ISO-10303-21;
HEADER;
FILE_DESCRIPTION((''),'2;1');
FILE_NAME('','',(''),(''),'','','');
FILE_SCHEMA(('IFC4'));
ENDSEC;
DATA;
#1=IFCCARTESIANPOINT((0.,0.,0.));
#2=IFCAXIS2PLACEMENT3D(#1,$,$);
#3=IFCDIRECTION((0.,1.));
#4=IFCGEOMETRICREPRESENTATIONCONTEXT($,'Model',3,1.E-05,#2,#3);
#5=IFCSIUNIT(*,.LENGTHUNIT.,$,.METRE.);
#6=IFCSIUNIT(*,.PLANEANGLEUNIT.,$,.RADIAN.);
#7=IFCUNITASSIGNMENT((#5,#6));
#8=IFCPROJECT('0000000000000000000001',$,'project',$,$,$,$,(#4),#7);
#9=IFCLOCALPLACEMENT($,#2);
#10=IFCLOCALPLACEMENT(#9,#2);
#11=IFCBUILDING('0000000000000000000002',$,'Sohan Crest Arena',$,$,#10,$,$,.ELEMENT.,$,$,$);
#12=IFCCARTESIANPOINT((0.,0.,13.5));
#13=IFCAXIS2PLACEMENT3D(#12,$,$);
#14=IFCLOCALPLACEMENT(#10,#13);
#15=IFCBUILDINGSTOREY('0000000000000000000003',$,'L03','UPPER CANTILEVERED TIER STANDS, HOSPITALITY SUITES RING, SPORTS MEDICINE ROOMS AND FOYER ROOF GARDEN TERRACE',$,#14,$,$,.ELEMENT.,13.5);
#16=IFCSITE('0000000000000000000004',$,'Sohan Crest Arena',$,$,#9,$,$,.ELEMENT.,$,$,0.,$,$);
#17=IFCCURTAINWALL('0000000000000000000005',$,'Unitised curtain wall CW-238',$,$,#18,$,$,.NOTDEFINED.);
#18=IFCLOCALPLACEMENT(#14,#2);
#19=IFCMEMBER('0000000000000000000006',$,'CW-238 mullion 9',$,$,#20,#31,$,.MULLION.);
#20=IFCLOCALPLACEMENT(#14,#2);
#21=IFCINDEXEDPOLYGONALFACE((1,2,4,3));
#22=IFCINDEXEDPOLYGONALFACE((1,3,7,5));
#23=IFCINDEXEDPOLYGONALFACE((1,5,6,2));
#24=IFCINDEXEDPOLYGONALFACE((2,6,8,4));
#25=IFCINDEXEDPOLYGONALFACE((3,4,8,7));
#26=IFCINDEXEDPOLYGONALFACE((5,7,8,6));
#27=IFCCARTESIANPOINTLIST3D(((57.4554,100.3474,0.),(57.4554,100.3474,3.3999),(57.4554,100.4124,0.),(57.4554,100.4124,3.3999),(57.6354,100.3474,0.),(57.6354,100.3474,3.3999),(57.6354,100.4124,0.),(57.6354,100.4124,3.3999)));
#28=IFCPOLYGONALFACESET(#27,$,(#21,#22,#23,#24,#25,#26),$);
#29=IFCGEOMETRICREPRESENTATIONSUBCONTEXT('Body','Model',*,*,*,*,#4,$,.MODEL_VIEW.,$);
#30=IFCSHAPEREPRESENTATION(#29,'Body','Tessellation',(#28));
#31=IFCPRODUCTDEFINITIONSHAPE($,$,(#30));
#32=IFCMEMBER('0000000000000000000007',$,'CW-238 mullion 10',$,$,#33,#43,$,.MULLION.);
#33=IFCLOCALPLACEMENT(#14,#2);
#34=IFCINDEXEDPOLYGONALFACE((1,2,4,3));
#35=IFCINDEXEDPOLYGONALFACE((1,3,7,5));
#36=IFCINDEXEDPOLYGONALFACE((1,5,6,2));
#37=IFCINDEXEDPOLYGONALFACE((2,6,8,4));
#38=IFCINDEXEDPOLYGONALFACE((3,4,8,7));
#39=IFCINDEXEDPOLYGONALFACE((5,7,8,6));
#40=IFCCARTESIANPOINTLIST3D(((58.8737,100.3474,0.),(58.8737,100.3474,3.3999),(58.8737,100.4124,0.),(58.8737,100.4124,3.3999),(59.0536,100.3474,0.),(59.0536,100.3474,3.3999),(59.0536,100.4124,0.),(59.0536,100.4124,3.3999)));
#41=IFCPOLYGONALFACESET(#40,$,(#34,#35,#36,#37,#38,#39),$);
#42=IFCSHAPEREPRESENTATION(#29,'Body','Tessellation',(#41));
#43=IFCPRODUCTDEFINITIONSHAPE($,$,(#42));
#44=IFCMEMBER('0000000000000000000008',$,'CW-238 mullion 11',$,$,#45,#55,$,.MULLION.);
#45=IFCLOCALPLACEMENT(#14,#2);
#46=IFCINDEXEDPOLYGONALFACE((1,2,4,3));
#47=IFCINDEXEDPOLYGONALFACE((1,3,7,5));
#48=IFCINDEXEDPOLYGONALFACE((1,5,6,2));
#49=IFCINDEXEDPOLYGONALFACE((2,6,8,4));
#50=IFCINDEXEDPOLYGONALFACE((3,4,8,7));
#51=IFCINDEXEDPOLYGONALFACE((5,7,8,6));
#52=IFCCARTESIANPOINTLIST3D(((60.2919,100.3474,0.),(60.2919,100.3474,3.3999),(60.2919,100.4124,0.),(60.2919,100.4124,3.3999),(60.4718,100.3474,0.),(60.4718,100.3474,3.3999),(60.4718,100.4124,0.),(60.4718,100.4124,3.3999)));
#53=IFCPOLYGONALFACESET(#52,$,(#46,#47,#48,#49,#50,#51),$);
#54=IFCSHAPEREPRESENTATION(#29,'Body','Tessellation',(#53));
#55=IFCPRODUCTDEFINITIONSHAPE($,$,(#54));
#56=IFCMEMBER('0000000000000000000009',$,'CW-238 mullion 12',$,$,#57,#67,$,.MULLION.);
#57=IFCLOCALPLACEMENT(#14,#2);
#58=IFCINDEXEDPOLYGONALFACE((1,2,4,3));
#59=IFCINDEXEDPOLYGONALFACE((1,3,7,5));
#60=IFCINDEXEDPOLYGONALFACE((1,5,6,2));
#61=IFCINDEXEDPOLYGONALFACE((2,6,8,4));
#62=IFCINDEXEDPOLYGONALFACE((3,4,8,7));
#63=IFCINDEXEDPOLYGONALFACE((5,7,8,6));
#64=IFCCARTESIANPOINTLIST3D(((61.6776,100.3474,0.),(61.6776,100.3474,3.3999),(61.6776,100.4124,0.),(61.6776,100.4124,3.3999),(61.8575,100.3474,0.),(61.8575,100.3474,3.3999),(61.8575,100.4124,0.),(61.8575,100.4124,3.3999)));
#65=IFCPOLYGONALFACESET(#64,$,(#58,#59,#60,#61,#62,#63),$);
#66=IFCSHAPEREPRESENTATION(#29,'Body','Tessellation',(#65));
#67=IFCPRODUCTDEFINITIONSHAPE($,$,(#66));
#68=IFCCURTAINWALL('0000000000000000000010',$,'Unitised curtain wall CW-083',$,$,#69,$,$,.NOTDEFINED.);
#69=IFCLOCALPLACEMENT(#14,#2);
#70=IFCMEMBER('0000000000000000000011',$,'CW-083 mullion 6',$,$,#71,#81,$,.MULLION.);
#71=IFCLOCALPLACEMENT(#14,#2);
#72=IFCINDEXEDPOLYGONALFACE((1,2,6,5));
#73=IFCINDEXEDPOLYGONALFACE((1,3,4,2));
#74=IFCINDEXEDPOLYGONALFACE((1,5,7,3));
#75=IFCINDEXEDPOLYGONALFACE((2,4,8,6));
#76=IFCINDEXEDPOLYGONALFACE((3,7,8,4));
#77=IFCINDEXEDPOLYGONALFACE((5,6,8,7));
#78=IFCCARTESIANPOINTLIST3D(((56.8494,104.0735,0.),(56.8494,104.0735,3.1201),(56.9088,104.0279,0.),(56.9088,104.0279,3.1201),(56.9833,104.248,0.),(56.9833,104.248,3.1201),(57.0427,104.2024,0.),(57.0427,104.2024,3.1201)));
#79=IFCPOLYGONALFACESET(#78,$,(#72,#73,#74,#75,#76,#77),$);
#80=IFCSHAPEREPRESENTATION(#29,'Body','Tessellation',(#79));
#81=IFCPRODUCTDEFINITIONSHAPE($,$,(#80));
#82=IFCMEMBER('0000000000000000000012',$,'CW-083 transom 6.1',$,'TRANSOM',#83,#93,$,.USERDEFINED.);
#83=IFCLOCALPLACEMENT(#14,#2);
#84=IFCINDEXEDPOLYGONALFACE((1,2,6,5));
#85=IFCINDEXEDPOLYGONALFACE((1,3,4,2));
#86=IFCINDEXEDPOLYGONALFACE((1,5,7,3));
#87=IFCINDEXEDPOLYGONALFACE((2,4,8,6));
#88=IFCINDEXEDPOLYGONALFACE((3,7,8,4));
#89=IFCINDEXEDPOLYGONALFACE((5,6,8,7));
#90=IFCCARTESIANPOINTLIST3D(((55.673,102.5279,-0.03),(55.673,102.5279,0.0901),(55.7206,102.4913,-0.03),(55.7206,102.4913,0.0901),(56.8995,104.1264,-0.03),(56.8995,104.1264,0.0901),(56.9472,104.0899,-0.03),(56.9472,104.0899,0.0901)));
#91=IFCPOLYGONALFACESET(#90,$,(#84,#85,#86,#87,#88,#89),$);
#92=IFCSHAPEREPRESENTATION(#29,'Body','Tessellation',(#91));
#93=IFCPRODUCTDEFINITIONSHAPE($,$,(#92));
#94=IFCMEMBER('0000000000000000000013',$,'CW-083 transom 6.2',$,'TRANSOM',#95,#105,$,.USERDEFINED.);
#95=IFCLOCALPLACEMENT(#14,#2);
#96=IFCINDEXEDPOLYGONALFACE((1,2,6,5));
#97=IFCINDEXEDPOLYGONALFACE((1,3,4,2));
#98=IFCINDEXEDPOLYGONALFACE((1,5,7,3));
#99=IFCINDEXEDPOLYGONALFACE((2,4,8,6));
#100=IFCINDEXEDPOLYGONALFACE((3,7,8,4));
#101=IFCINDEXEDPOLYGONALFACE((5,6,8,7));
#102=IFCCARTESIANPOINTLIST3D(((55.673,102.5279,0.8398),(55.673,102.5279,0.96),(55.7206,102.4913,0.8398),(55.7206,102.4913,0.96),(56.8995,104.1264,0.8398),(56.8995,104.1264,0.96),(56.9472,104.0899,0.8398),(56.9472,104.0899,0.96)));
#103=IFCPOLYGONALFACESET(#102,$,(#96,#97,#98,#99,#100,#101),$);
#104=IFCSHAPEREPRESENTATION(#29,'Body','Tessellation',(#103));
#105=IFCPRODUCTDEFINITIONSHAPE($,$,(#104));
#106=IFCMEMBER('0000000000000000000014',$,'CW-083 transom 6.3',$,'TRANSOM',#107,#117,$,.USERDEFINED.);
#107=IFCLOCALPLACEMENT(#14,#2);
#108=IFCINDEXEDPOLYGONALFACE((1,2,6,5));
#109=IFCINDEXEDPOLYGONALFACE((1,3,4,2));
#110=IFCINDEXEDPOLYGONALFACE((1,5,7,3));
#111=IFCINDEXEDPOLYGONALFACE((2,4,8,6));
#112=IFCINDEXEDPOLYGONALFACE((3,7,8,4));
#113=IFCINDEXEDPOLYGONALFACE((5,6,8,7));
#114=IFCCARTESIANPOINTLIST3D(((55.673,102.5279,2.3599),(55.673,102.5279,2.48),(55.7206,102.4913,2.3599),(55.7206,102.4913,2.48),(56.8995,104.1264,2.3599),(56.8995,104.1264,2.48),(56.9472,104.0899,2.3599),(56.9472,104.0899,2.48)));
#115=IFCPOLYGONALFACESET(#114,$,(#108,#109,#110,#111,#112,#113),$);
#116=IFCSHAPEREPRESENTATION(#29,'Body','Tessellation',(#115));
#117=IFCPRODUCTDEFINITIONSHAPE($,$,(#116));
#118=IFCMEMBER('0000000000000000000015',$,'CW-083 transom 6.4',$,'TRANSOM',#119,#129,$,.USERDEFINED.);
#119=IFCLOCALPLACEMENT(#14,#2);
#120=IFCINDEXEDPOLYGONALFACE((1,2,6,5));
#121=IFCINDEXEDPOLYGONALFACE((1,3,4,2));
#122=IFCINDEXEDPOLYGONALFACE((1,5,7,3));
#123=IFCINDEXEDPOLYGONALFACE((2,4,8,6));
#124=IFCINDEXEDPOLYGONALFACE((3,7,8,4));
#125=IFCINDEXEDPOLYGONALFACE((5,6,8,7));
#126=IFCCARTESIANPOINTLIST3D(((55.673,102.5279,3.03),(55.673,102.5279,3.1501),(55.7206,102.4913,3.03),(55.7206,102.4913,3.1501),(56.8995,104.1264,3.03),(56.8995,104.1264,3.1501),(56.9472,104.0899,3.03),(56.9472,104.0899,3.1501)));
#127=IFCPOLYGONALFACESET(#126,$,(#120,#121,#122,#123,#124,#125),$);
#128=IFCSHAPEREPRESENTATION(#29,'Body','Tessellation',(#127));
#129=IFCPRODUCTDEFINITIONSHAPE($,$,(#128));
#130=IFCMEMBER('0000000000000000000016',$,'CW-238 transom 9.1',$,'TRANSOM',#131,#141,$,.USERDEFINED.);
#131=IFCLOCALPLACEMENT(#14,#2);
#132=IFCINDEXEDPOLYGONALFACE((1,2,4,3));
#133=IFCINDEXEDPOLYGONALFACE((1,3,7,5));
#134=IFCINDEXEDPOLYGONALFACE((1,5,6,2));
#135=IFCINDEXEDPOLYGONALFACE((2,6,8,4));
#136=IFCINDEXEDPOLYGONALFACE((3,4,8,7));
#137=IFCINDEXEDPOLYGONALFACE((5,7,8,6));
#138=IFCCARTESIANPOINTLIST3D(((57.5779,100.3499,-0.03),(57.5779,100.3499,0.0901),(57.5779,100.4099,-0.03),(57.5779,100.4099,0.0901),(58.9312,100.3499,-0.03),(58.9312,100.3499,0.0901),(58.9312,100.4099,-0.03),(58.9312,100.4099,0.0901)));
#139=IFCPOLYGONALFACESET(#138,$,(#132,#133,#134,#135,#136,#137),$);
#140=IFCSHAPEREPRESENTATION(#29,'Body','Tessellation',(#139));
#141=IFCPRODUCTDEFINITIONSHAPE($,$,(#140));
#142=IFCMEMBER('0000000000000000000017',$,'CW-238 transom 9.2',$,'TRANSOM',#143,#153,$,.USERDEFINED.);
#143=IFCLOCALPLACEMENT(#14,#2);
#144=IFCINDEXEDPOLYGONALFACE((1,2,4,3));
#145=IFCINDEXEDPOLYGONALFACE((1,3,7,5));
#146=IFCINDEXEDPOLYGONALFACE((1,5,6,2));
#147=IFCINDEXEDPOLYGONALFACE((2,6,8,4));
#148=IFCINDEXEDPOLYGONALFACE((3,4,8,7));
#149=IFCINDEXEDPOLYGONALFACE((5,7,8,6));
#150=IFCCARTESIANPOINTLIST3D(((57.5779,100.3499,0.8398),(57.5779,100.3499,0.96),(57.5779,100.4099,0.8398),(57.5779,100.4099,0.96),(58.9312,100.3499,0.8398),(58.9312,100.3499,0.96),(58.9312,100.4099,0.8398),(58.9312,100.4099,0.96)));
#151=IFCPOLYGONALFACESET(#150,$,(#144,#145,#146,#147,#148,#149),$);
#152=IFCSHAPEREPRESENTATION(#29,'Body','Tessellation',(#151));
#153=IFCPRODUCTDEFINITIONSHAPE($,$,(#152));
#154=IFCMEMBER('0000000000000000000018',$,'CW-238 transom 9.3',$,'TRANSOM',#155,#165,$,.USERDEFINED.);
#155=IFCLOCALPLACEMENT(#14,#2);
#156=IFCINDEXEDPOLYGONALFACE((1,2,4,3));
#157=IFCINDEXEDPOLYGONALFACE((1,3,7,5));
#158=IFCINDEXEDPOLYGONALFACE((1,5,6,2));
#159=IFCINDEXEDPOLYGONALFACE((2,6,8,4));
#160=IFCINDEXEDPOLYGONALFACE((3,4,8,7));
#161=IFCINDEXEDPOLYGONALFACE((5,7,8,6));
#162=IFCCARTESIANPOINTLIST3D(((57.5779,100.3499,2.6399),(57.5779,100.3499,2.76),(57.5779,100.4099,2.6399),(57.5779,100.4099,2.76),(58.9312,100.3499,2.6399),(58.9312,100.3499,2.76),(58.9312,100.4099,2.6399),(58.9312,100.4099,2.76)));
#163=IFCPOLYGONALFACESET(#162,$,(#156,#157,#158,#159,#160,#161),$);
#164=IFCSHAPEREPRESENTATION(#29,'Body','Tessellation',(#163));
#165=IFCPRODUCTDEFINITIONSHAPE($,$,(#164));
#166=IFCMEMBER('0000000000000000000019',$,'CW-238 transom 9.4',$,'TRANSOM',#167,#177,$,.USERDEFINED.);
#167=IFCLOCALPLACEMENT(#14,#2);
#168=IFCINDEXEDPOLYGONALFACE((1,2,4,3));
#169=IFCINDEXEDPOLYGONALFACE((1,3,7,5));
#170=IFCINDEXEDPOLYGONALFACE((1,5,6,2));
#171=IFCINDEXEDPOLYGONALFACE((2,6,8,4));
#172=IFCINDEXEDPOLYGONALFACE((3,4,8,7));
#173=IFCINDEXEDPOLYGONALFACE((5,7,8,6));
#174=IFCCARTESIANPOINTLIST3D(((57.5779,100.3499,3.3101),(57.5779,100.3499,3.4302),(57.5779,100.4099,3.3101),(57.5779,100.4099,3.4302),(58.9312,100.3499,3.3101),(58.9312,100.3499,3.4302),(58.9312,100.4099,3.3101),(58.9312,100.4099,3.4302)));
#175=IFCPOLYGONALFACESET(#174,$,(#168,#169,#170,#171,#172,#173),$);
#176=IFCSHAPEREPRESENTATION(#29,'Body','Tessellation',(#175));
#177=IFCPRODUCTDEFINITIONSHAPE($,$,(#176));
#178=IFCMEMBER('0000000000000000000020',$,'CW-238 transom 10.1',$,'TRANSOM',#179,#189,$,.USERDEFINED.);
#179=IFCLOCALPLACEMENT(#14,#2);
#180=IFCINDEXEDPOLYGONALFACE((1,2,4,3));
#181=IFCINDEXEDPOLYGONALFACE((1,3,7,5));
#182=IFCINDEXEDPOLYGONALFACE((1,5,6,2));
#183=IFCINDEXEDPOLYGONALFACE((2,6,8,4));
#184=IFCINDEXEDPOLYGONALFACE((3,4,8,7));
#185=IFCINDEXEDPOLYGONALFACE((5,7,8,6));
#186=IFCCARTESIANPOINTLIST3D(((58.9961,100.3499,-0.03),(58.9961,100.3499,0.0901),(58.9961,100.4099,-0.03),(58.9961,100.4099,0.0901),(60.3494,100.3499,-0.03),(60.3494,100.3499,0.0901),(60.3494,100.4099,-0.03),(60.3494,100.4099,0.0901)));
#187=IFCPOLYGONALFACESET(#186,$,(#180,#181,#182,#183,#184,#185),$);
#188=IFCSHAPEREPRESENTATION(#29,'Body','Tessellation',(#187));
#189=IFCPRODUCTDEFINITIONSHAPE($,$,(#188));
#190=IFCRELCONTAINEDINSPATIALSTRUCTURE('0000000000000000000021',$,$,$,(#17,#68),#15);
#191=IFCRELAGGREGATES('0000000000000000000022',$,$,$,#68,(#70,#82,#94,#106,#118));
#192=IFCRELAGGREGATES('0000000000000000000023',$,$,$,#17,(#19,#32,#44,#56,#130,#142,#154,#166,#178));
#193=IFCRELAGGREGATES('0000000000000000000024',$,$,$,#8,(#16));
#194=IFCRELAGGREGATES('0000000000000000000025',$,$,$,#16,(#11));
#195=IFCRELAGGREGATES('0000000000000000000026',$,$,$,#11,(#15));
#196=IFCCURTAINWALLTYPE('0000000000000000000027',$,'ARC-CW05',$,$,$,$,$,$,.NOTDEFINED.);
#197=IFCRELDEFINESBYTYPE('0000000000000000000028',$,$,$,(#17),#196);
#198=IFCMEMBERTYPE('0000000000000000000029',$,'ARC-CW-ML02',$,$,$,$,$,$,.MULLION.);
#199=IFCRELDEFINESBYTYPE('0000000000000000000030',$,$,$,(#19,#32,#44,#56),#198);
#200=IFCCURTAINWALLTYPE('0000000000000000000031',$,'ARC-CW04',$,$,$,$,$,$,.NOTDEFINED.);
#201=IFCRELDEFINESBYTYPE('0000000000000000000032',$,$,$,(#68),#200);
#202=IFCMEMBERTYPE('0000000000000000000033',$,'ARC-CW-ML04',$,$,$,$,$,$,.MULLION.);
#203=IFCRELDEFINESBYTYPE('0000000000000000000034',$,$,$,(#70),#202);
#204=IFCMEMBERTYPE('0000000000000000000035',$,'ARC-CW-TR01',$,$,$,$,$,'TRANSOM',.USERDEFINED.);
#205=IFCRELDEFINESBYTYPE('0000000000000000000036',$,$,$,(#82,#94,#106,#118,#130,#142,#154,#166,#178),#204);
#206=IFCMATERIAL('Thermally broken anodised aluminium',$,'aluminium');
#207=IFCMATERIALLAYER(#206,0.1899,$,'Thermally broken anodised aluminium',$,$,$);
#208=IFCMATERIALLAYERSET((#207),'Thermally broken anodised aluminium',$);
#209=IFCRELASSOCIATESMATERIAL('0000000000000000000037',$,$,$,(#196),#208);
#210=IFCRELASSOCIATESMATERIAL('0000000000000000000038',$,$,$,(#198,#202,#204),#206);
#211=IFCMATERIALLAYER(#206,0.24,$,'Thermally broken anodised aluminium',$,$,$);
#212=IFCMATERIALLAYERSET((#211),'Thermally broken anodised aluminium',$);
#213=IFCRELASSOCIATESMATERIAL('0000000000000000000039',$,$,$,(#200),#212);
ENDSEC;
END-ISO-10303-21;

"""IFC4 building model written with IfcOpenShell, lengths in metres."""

from ifc_helpers import new_model, si_unit, direction, frame, origin, origin_2d, place, context, subcontext, project, spatial, rectangle, extrude, material, layer, layer_set, material_profile, profile_set, type_object, element, aggregate, save


model = new_model("IFC4")

# Units and contexts
model_context = context("Model", 3, precision=1e-05, world=origin(), true_north=direction((0.0, 1.0)))
body_context = subcontext(model_context, "Body", "Model", "MODEL_VIEW")
ifc_project = project(units=[si_unit("LENGTHUNIT", "METRE"), si_unit("PLANEANGLEUNIT", "RADIAN")], contexts=[model_context])

# Site, building, storey
site_placement = place(None, origin())
site = spatial("IfcSite", under=ifc_project, at=site_placement, Name="Sohan Crest Arena", CompositionType="ELEMENT", RefElevation=0.0)
building_placement = place(site_placement, origin())
building = spatial("IfcBuilding", under=site, at=building_placement, Name="Sohan Crest Arena", CompositionType="ELEMENT")
storey_placement = place(building_placement, frame((0.0, 0.0, 13.5)))
storey = spatial("IfcBuildingStorey", under=building, at=storey_placement, Name="L03", Description="UPPER CANTILEVERED TIER STANDS, HOSPITALITY SUITES RING, SPORTS MEDICINE ROOMS AND FOYER ROOF GARDEN TERRACE", CompositionType="ELEMENT", Elevation=13.5)

# Curtain walls, members
ifc_material_1 = material(Name="Thermally broken anodised aluminium", Category="aluminium")
ifc_layer_1 = layer(ifc_material_1, 0.1899, Name="Thermally broken anodised aluminium")
ifc_layer_set_1 = layer_set([ifc_layer_1], Name="Thermally broken anodised aluminium")
curtain_wall_type_1 = type_object("IfcCurtainWallType", Name="ARC-CW05", PredefinedType="NOTDEFINED", material=ifc_layer_set_1)
curtain_wall_1_placement = place(storey_placement, origin())
curtain_wall_1 = element("IfcCurtainWall", 1, at=curtain_wall_1_placement, inside=storey, type_object=curtain_wall_type_1, Name="Unitised curtain wall CW-238", PredefinedType="NOTDEFINED")
ifc_material_profile_1 = material_profile(ifc_material_1, rectangle(XDim=0.0649, YDim=0.1799, at=origin_2d()), Name="ALU-MULL 65x180")
ifc_profile_set_1 = profile_set([ifc_material_profile_1], Name="Thermally broken anodised aluminium")
member_type_1 = type_object("IfcMemberType", Name="ARC-CW-ML02", PredefinedType="MULLION", material=ifc_profile_set_1)
member_1_placement = place(storey_placement, frame((57.5454, 100.3799, 0.0), z_axis=(0.0, 0.0, 1.0), x_axis=(0.0, 1.0, 0.0)))
member_1 = element("IfcMember", 2, at=member_1_placement, type_object=member_type_1, Name="CW-238 mullion 9", PredefinedType="MULLION", context=body_context, shape_type="SweptSolid", body=[
    extrude(rectangle(XDim=0.0649, YDim=0.1799, at=origin_2d()), origin(), (0.0, 0.0, 1.0), 3.3999),
])
member_2_placement = place(storey_placement, frame((58.9636, 100.3799, 0.0), z_axis=(0.0, 0.0, 1.0), x_axis=(0.0, 1.0, 0.0)))
member_2 = element("IfcMember", 3, at=member_2_placement, type_object=member_type_1, Name="CW-238 mullion 10", PredefinedType="MULLION", context=body_context, shape_type="SweptSolid", body=[
    extrude(rectangle(XDim=0.0649, YDim=0.1799, at=origin_2d()), origin(), (0.0, 0.0, 1.0), 3.3999),
])
member_3_placement = place(storey_placement, frame((60.3818, 100.3799, 0.0), z_axis=(0.0, 0.0, 1.0), x_axis=(0.0, 1.0, 0.0)))
member_3 = element("IfcMember", 4, at=member_3_placement, type_object=member_type_1, Name="CW-238 mullion 11", PredefinedType="MULLION", context=body_context, shape_type="SweptSolid", body=[
    extrude(rectangle(XDim=0.0649, YDim=0.1799, at=origin_2d()), origin(), (0.0, 0.0, 1.0), 3.3999),
])
member_4_placement = place(storey_placement, frame((61.7676, 100.3799, 0.0), z_axis=(0.0, 0.0, 1.0), x_axis=(0.0, 1.0, 0.0)))
member_4 = element("IfcMember", 5, at=member_4_placement, type_object=member_type_1, Name="CW-238 mullion 12", PredefinedType="MULLION", context=body_context, shape_type="SweptSolid", body=[
    extrude(rectangle(XDim=0.0649, YDim=0.1799, at=origin_2d()), origin(), (0.0, 0.0, 1.0), 3.3999),
])
ifc_layer_2 = layer(ifc_material_1, 0.24, Name="Thermally broken anodised aluminium")
ifc_layer_set_2 = layer_set([ifc_layer_2], Name="Thermally broken anodised aluminium")
curtain_wall_type_2 = type_object("IfcCurtainWallType", Name="ARC-CW04", PredefinedType="NOTDEFINED", material=ifc_layer_set_2)
curtain_wall_2_placement = place(storey_placement, origin())
curtain_wall_2 = element("IfcCurtainWall", 6, at=curtain_wall_2_placement, inside=storey, type_object=curtain_wall_type_2, Name="Unitised curtain wall CW-083", PredefinedType="NOTDEFINED")
ifc_material_profile_2 = material_profile(ifc_material_1, rectangle(XDim=0.075, YDim=0.22, at=origin_2d()), Name="ALU-MULL 75x220")
ifc_profile_set_2 = profile_set([ifc_material_profile_2], Name="Thermally broken anodised aluminium")
member_type_2 = type_object("IfcMemberType", Name="ARC-CW-ML04", PredefinedType="MULLION", material=ifc_profile_set_2)
member_5_placement = place(storey_placement, frame((56.946, 104.1379, 0.0), z_axis=(0.0, 0.0, 1.0), x_axis=(0.793372, -0.608737, 0.0)))
member_5 = element("IfcMember", 7, at=member_5_placement, type_object=member_type_2, Name="CW-083 mullion 6", PredefinedType="MULLION", context=body_context, shape_type="SweptSolid", body=[
    extrude(rectangle(XDim=0.075, YDim=0.22, at=origin_2d()), origin(), (0.0, 0.0, 1.0), 3.1201),
])
ifc_material_profile_3 = material_profile(ifc_material_1, rectangle(XDim=0.0601, YDim=0.1201, at=origin_2d()), Name="ALU-TRAN 60x120")
ifc_profile_set_3 = profile_set([ifc_material_profile_3], Name="Thermally broken anodised aluminium")
member_type_3 = type_object("IfcMemberType", Name="ARC-CW-TR01", ElementType="TRANSOM", PredefinedType="USERDEFINED", material=ifc_profile_set_3)
member_6_placement = place(storey_placement, frame((56.9233, 104.1082, 0.03), z_axis=(-0.608727, -0.79338, 0.0), x_axis=(0.79338, -0.608727, 0.0)))
member_6 = element("IfcMember", 8, at=member_6_placement, type_object=member_type_3, Name="CW-083 transom 6.1", ObjectType="TRANSOM", PredefinedType="USERDEFINED", context=body_context, shape_type="SweptSolid", body=[
    extrude(rectangle(XDim=0.0601, YDim=0.1201, at=origin_2d()), origin(), (0.0, 0.0, 1.0), 2.0149),
])
member_7_placement = place(storey_placement, frame((56.9233, 104.1082, 0.8999), z_axis=(-0.608727, -0.79338, 0.0), x_axis=(0.79338, -0.608727, 0.0)))
member_7 = element("IfcMember", 9, at=member_7_placement, type_object=member_type_3, Name="CW-083 transom 6.2", ObjectType="TRANSOM", PredefinedType="USERDEFINED", context=body_context, shape_type="SweptSolid", body=[
    extrude(rectangle(XDim=0.0601, YDim=0.1201, at=origin_2d()), origin(), (0.0, 0.0, 1.0), 2.0149),
])
member_8_placement = place(storey_placement, frame((56.9233, 104.1082, 2.4199), z_axis=(-0.608727, -0.79338, 0.0), x_axis=(0.79338, -0.608727, 0.0)))
member_8 = element("IfcMember", 10, at=member_8_placement, type_object=member_type_3, Name="CW-083 transom 6.3", ObjectType="TRANSOM", PredefinedType="USERDEFINED", context=body_context, shape_type="SweptSolid", body=[
    extrude(rectangle(XDim=0.0601, YDim=0.1201, at=origin_2d()), origin(), (0.0, 0.0, 1.0), 2.0149),
])
member_9_placement = place(storey_placement, frame((56.9233, 104.1082, 3.0901), z_axis=(-0.608727, -0.79338, 0.0), x_axis=(0.79338, -0.608727, 0.0)))
member_9 = element("IfcMember", 11, at=member_9_placement, type_object=member_type_3, Name="CW-083 transom 6.4", ObjectType="TRANSOM", PredefinedType="USERDEFINED", context=body_context, shape_type="SweptSolid", body=[
    extrude(rectangle(XDim=0.0601, YDim=0.1201, at=origin_2d()), origin(), (0.0, 0.0, 1.0), 2.0149),
])
aggregate(curtain_wall_2, [member_5, member_6, member_7, member_8, member_9])

# Members
member_10_placement = place(storey_placement, frame((57.5779, 100.3799, 0.03), z_axis=(1.0, 0.0, 0.0), x_axis=(0.0, 1.0, 0.0)))
member_10 = element("IfcMember", 12, at=member_10_placement, type_object=member_type_3, Name="CW-238 transom 9.1", ObjectType="TRANSOM", PredefinedType="USERDEFINED", context=body_context, shape_type="SweptSolid", body=[
    extrude(rectangle(XDim=0.0601, YDim=0.1201, at=origin_2d()), origin(), (0.0, 0.0, 1.0), 1.3533),
])
member_11_placement = place(storey_placement, frame((57.5779, 100.3799, 0.8999), z_axis=(1.0, 0.0, 0.0), x_axis=(0.0, 1.0, 0.0)))
member_11 = element("IfcMember", 13, at=member_11_placement, type_object=member_type_3, Name="CW-238 transom 9.2", ObjectType="TRANSOM", PredefinedType="USERDEFINED", context=body_context, shape_type="SweptSolid", body=[
    extrude(rectangle(XDim=0.0601, YDim=0.1201, at=origin_2d()), origin(), (0.0, 0.0, 1.0), 1.3533),
])
member_12_placement = place(storey_placement, frame((57.5779, 100.3799, 2.7), z_axis=(1.0, 0.0, 0.0), x_axis=(0.0, 1.0, 0.0)))
member_12 = element("IfcMember", 14, at=member_12_placement, type_object=member_type_3, Name="CW-238 transom 9.3", ObjectType="TRANSOM", PredefinedType="USERDEFINED", context=body_context, shape_type="SweptSolid", body=[
    extrude(rectangle(XDim=0.0601, YDim=0.1201, at=origin_2d()), origin(), (0.0, 0.0, 1.0), 1.3533),
])
member_13_placement = place(storey_placement, frame((57.5779, 100.3799, 3.3701), z_axis=(1.0, 0.0, 0.0), x_axis=(0.0, 1.0, 0.0)))
member_13 = element("IfcMember", 15, at=member_13_placement, type_object=member_type_3, Name="CW-238 transom 9.4", ObjectType="TRANSOM", PredefinedType="USERDEFINED", context=body_context, shape_type="SweptSolid", body=[
    extrude(rectangle(XDim=0.0601, YDim=0.1201, at=origin_2d()), origin(), (0.0, 0.0, 1.0), 1.3533),
])
member_14_placement = place(storey_placement, frame((58.9961, 100.3799, 0.03), z_axis=(1.0, 0.0, 0.0), x_axis=(0.0, 1.0, 0.0)))
member_14 = element("IfcMember", 16, at=member_14_placement, type_object=member_type_3, Name="CW-238 transom 10.1", ObjectType="TRANSOM", PredefinedType="USERDEFINED", context=body_context, shape_type="SweptSolid", body=[
    extrude(rectangle(XDim=0.0601, YDim=0.1201, at=origin_2d()), origin(), (0.0, 0.0, 1.0), 1.3533),
])

aggregate(curtain_wall_1, [member_1, member_2, member_3, member_4, member_10, member_11, member_12, member_13, member_14])

save(model, "model.ifc")
